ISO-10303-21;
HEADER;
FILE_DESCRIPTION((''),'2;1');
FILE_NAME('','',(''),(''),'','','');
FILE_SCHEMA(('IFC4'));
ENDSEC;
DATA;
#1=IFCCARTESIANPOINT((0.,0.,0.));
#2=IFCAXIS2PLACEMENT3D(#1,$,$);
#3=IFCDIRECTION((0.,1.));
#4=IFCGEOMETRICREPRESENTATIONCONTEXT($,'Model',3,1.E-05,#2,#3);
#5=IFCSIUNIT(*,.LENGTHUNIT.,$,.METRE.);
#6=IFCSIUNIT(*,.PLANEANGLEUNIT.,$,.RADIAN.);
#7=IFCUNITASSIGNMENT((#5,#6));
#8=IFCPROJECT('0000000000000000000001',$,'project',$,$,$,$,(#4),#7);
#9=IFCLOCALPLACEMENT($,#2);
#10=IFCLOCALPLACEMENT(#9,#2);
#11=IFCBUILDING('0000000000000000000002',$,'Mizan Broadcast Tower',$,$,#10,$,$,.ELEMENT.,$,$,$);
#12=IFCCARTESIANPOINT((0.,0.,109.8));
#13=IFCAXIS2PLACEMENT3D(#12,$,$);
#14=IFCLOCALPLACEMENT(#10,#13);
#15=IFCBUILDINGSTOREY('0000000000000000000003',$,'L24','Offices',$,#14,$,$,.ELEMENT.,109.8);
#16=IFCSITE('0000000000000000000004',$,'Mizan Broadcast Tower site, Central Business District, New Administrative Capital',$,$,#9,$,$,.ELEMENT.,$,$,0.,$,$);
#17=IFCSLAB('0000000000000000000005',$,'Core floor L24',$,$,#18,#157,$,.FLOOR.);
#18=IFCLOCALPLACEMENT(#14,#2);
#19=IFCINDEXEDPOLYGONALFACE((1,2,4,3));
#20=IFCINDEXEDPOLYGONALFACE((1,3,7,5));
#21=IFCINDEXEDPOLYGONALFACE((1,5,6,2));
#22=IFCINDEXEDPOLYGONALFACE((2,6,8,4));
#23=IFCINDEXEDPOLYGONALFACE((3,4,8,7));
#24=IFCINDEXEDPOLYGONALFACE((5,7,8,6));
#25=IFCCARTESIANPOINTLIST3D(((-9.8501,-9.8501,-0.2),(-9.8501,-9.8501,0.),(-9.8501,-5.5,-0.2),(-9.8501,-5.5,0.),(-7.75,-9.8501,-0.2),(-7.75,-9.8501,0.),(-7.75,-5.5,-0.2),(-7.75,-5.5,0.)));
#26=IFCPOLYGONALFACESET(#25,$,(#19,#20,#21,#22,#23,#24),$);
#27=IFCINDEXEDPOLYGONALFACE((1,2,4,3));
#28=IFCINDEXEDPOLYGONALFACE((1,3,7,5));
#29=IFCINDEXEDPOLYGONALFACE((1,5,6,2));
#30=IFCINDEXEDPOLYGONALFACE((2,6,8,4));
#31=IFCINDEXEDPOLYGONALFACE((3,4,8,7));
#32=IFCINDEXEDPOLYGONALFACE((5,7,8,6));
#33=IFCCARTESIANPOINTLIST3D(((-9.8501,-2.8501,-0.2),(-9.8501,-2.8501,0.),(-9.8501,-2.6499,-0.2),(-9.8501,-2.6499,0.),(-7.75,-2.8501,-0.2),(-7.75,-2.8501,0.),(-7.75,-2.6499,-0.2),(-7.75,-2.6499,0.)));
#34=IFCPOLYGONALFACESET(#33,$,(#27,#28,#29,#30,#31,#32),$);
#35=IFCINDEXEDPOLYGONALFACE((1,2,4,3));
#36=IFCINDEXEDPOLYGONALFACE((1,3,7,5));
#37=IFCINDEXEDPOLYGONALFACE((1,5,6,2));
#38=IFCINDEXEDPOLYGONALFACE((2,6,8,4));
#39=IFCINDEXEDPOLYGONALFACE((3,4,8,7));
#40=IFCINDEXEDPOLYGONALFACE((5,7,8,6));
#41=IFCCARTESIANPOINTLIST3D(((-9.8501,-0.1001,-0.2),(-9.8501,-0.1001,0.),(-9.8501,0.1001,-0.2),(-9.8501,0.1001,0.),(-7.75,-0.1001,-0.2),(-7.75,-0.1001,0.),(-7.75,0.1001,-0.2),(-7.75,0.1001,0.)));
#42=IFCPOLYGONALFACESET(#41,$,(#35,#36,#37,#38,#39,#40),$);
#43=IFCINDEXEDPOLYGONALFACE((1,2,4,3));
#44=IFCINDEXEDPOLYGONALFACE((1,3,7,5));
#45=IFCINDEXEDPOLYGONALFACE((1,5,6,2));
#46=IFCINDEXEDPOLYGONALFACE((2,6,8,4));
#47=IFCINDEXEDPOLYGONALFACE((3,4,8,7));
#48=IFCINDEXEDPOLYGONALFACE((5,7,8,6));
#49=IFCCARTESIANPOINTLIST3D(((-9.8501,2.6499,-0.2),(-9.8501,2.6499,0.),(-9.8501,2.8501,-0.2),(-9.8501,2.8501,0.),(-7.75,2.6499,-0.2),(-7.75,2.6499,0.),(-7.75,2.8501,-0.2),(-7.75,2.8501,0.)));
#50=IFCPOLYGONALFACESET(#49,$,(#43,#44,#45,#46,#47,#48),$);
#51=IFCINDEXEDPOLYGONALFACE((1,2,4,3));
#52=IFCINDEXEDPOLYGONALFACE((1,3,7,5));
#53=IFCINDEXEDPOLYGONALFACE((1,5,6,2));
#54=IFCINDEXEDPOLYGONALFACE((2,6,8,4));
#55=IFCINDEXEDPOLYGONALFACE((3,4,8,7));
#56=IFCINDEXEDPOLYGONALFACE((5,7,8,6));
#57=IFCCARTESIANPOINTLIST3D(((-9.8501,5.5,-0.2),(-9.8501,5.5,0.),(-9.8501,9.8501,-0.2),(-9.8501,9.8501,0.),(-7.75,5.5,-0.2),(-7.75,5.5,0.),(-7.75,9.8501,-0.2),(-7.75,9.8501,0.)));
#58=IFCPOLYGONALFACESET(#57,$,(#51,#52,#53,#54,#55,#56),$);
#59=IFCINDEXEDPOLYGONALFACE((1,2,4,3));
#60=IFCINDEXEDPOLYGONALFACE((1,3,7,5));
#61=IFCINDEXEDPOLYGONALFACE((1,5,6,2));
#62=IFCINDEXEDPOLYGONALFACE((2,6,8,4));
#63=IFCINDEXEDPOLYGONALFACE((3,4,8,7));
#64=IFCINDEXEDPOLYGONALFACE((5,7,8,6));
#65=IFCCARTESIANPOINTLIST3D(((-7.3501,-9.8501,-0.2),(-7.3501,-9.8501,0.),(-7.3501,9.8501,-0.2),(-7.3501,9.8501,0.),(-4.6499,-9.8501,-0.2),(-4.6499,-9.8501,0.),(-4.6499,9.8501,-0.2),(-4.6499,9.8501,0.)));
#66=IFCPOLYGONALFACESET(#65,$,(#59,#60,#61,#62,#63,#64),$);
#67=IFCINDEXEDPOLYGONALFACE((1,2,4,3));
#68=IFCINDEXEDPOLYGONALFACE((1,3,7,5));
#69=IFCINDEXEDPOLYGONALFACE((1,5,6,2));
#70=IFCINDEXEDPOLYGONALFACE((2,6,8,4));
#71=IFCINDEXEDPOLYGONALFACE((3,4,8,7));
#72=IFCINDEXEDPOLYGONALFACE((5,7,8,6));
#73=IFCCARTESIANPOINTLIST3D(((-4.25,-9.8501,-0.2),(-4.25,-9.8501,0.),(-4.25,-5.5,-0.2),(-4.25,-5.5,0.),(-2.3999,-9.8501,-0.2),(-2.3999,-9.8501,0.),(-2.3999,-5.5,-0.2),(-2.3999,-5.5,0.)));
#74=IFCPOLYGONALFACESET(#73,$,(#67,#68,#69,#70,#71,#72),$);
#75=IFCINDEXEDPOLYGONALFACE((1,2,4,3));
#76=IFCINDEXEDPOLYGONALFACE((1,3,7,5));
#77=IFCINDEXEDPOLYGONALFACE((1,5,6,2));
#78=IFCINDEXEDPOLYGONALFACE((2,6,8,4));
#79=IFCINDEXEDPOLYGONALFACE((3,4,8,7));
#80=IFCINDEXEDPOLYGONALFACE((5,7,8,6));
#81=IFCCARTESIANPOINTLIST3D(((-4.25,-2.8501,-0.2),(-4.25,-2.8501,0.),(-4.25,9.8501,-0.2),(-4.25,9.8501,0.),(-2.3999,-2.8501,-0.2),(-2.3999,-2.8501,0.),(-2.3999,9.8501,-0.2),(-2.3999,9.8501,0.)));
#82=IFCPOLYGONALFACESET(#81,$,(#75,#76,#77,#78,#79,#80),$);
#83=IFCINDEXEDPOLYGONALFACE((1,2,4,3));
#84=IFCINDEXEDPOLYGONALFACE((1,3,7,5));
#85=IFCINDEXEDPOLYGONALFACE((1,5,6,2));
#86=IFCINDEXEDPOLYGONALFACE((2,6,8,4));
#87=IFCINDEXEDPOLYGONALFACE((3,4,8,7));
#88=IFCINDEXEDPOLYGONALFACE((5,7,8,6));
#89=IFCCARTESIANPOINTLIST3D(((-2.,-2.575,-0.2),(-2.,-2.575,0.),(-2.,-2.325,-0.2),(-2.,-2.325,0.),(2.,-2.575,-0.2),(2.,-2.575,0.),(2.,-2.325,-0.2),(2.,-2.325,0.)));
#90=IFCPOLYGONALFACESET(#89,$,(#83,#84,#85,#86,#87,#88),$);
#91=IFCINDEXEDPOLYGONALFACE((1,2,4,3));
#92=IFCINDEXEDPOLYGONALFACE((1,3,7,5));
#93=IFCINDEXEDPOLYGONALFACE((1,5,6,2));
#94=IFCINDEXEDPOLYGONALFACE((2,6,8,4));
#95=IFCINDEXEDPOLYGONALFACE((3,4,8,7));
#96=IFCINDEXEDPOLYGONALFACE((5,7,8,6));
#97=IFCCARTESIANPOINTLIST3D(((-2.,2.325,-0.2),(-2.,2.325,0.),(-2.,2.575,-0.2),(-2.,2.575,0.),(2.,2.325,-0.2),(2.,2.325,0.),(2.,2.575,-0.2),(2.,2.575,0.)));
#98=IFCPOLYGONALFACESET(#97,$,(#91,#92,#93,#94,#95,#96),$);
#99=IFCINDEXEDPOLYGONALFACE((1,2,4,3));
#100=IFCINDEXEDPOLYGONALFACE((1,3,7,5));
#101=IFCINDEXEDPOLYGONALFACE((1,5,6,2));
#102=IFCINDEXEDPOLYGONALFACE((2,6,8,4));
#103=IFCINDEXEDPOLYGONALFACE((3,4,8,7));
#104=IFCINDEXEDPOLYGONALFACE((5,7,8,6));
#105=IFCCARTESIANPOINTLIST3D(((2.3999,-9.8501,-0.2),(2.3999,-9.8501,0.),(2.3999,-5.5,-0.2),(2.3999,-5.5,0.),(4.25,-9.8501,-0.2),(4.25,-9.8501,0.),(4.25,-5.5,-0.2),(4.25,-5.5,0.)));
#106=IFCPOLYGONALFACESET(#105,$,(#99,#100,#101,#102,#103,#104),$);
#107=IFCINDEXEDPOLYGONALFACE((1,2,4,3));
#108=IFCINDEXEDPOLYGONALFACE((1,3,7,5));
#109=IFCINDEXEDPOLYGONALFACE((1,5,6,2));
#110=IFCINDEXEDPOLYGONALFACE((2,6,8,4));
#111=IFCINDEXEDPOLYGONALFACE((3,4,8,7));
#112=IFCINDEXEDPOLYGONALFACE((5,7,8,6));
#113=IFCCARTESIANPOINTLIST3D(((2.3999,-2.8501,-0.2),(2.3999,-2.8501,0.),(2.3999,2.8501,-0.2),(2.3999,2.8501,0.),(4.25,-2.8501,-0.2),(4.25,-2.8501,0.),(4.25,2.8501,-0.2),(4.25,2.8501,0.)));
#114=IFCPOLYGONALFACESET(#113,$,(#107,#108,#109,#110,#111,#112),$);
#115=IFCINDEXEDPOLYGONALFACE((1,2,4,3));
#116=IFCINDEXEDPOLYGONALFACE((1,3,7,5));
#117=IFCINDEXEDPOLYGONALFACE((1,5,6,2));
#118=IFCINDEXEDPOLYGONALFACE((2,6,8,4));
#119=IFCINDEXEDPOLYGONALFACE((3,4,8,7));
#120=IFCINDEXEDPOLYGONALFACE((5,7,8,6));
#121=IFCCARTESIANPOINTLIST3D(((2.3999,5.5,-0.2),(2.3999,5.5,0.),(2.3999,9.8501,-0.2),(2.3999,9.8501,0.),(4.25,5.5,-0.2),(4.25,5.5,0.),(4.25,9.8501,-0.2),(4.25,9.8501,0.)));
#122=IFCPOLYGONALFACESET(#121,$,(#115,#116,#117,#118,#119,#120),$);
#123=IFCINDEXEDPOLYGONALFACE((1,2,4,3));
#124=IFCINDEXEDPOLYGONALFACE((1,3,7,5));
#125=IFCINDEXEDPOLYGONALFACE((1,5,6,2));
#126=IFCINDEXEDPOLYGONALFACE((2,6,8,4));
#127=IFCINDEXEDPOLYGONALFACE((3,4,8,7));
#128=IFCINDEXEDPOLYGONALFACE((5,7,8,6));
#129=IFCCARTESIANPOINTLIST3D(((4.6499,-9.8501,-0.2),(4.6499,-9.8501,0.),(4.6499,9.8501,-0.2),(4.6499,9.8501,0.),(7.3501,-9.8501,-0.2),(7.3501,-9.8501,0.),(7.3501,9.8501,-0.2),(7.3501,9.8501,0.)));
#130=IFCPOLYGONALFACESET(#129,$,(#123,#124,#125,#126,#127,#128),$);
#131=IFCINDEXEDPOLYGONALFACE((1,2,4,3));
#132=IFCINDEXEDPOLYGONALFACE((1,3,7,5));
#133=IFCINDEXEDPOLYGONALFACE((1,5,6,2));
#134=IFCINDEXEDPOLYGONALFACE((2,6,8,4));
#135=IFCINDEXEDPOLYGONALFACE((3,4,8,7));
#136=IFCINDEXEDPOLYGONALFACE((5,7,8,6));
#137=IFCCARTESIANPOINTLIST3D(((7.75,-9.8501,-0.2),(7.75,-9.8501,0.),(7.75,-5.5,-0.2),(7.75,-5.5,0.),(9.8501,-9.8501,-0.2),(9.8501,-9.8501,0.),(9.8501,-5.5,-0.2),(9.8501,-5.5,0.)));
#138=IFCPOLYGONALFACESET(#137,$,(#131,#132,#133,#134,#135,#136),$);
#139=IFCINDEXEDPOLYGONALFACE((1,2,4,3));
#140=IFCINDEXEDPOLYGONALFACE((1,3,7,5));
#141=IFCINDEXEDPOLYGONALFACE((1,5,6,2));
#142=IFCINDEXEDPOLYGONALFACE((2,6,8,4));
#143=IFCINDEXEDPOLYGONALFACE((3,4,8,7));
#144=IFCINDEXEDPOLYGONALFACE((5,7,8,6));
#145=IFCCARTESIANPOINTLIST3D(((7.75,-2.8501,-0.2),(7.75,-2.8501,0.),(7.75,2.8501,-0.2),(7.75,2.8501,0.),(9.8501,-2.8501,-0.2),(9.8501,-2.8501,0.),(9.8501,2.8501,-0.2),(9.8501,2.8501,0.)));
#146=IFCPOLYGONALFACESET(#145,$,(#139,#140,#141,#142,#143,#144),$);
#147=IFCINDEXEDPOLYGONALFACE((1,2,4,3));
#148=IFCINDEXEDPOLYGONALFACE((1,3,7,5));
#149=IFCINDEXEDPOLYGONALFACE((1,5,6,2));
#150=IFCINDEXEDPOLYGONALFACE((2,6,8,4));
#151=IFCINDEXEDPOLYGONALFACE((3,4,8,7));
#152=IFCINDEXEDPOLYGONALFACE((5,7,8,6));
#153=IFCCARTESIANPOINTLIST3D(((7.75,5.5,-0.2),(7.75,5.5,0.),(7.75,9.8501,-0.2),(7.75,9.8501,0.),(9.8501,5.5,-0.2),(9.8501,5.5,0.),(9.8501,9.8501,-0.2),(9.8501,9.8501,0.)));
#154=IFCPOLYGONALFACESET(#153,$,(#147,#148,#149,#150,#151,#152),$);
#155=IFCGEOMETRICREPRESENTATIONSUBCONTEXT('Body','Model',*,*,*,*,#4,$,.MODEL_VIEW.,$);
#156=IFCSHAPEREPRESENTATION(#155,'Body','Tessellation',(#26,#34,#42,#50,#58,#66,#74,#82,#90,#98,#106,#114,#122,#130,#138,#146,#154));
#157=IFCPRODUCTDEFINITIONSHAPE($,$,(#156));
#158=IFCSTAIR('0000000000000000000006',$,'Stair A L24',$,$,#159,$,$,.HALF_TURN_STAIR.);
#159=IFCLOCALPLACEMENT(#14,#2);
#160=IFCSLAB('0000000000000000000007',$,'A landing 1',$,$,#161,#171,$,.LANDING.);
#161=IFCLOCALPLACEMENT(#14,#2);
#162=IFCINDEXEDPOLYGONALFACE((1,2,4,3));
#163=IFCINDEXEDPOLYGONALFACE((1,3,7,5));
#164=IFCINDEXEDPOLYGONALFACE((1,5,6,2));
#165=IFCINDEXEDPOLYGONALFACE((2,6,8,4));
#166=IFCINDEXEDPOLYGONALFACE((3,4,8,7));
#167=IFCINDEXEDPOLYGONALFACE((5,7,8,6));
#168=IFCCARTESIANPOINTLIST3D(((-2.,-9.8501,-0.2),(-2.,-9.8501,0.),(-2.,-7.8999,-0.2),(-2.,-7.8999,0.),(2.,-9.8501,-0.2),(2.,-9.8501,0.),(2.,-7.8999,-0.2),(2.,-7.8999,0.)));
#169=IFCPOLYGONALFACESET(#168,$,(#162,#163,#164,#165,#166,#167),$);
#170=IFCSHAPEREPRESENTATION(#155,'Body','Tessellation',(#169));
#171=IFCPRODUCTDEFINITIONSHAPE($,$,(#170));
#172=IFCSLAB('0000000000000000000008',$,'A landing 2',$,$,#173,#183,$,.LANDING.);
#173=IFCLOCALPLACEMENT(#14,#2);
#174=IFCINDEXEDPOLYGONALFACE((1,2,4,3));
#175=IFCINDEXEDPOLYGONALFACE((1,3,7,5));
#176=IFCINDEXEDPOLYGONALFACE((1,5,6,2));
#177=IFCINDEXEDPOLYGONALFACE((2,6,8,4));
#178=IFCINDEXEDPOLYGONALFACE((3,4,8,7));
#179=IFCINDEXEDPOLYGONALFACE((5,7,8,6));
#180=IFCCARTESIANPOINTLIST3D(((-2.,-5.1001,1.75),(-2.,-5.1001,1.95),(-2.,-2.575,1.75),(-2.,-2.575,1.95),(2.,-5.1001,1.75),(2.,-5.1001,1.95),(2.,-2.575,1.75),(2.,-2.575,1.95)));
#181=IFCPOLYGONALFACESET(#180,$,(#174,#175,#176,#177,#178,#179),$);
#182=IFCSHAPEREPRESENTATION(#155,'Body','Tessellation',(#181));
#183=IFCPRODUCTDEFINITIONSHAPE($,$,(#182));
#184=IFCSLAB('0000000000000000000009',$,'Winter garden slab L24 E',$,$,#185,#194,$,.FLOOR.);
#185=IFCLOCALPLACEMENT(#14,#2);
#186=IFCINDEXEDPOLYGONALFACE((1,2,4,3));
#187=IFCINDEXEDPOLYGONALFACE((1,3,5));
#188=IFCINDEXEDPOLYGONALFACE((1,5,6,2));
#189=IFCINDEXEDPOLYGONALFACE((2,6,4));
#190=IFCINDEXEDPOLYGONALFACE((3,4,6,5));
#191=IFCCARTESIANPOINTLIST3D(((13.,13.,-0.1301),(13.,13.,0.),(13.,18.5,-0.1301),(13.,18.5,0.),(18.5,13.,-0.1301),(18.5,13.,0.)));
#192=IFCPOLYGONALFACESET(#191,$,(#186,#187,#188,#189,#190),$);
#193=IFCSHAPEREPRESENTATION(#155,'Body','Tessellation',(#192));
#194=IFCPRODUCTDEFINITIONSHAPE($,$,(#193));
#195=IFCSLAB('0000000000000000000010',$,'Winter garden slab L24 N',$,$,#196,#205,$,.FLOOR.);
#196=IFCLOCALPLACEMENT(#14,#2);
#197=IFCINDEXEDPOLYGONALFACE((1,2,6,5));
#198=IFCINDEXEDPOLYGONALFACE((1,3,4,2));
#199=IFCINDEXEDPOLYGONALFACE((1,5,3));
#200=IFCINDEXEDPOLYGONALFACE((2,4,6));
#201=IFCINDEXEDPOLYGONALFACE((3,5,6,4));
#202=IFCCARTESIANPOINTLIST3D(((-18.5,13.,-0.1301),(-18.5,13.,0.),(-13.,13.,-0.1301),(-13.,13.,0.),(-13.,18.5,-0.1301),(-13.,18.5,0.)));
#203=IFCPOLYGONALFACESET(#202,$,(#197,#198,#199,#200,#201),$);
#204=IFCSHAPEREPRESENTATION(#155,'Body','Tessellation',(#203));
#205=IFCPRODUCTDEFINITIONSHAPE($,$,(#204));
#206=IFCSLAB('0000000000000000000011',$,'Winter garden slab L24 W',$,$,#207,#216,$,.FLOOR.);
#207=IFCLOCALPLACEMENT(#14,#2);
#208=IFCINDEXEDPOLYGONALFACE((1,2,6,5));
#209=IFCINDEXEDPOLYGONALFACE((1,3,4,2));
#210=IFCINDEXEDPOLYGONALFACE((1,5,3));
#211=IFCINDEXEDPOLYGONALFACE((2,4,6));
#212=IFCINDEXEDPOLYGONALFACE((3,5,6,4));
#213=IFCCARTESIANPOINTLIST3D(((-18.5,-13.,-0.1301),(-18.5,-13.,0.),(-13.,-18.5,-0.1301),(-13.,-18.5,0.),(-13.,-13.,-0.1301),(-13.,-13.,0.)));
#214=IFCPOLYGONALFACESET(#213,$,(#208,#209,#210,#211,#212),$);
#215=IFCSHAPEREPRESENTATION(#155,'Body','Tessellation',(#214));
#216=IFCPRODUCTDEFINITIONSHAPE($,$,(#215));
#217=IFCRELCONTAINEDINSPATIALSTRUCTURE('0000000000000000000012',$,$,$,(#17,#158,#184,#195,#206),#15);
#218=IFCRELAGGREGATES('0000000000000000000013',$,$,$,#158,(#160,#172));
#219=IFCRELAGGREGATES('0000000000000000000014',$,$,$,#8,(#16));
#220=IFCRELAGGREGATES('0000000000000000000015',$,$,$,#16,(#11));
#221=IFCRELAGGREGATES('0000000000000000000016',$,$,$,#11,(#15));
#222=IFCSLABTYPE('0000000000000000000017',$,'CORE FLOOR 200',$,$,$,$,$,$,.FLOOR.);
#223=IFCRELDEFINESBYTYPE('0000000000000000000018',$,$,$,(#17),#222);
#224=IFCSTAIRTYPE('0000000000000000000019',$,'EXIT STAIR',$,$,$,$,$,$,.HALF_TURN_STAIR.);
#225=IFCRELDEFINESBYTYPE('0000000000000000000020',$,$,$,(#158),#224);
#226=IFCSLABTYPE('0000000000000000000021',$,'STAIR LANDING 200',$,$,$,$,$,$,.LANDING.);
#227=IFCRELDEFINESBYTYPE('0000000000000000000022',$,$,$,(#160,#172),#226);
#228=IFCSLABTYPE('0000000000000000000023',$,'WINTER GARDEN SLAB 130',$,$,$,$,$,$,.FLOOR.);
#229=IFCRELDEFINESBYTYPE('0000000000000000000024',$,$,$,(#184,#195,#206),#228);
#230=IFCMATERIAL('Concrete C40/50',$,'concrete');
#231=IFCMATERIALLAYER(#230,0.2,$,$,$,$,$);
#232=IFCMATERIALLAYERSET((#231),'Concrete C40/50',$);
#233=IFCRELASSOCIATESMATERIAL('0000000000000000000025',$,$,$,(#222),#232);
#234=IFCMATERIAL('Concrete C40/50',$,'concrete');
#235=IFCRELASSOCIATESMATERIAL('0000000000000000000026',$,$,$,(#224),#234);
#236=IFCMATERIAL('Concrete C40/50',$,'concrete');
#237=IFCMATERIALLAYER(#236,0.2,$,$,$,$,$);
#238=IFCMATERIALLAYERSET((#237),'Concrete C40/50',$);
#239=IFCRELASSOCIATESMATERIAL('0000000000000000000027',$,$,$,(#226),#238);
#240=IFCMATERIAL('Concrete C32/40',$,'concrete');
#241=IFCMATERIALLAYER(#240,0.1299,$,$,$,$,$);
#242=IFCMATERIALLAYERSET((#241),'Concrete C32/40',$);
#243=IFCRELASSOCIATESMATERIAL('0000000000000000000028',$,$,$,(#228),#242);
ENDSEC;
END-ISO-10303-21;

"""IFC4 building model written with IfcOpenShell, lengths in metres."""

from ifc_helpers import new_model, si_unit, direction, frame, origin, place, context, subcontext, project, spatial, polyline, outline, extrude, material, layer, layer_set, type_object, element, aggregate, save


model = new_model("IFC4")

# Units and contexts
model_context = context("Model", 3, precision=1e-05, world=origin(), true_north=direction((0.0, 1.0)))
body_context = subcontext(model_context, "Body", "Model", "MODEL_VIEW")
ifc_project = project(units=[si_unit("LENGTHUNIT", "METRE"), si_unit("PLANEANGLEUNIT", "RADIAN")], contexts=[model_context])

# Site, building, storey
site_placement = place(None, origin())
site = spatial("IfcSite", under=ifc_project, at=site_placement, Name="Mizan Broadcast Tower site, Central Business District, New Administrative Capital", CompositionType="ELEMENT", RefElevation=0.0)
building_placement = place(site_placement, origin())
building = spatial("IfcBuilding", under=site, at=building_placement, Name="Mizan Broadcast Tower", CompositionType="ELEMENT")
storey_placement = place(building_placement, frame((0.0, 0.0, 109.8)))
storey = spatial("IfcBuildingStorey", under=building, at=storey_placement, Name="L24", Description="Offices", CompositionType="ELEMENT", Elevation=109.8)

# Slab
ifc_material_1 = material(Name="Concrete C40/50", Category="concrete")
ifc_layer_1 = layer(ifc_material_1, 0.2)
ifc_layer_set_1 = layer_set([ifc_layer_1], Name="Concrete C40/50")
slab_type_1 = type_object("IfcSlabType", Name="CORE FLOOR 200", PredefinedType="FLOOR", material=ifc_layer_set_1)
slab_1_placement = place(storey_placement, frame((0.0, 0.0, -0.2)))
element("IfcSlab", 1, at=slab_1_placement, inside=storey, type_object=slab_type_1, Name="Core floor L24", PredefinedType="FLOOR", context=body_context, shape_type="SweptSolid", body=[
    extrude(outline(polyline([(-9.8501, -9.8501), (-7.75, -9.8501), (-7.75, -5.5), (-9.8501, -5.5), (-9.8501, -9.8501)])), origin(), (0.0, 0.0, 1.0), 0.2),
    extrude(outline(polyline([(-9.8501, -2.8501), (-7.75, -2.8501), (-7.75, -2.6499), (-9.8501, -2.6499), (-9.8501, -2.8501)])), origin(), (0.0, 0.0, 1.0), 0.2),
    extrude(outline(polyline([(-9.8501, -0.1001), (-7.75, -0.1001), (-7.75, 0.1001), (-9.8501, 0.1001), (-9.8501, -0.1001)])), origin(), (0.0, 0.0, 1.0), 0.2),
    extrude(outline(polyline([(-9.8501, 2.6499), (-7.75, 2.6499), (-7.75, 2.8501), (-9.8501, 2.8501), (-9.8501, 2.6499)])), origin(), (0.0, 0.0, 1.0), 0.2),
    extrude(outline(polyline([(-9.8501, 5.5), (-7.75, 5.5), (-7.75, 9.8501), (-9.8501, 9.8501), (-9.8501, 5.5)])), origin(), (0.0, 0.0, 1.0), 0.2),
    extrude(outline(polyline([(-4.6499, 9.8501), (-7.3501, 9.8501), (-7.3501, -9.8501), (-4.6499, -9.8501), (-4.6499, 9.8501)])), origin(), (0.0, 0.0, 1.0), 0.2),
    extrude(outline(polyline([(-4.25, -5.5), (-4.25, -9.8501), (-2.3999, -9.8501), (-2.3999, -5.5), (-4.25, -5.5)])), origin(), (0.0, 0.0, 1.0), 0.2),
    extrude(outline(polyline([(-4.25, -2.8501), (-2.3999, -2.8501), (-2.3999, 9.8501), (-4.25, 9.8501), (-4.25, -2.8501)])), origin(), (0.0, 0.0, 1.0), 0.2),
    extrude(outline(polyline([(2.0, -2.325), (-2.0, -2.325), (-2.0, -2.575), (2.0, -2.575), (2.0, -2.325)])), origin(), (0.0, 0.0, 1.0), 0.2),
    extrude(outline(polyline([(2.0, 2.575), (-2.0, 2.575), (-2.0, 2.325), (2.0, 2.325), (2.0, 2.575)])), origin(), (0.0, 0.0, 1.0), 0.2),
    extrude(outline(polyline([(4.25, -9.8501), (4.25, -5.5), (2.3999, -5.5), (2.3999, -9.8501), (4.25, -9.8501)])), origin(), (0.0, 0.0, 1.0), 0.2),
    extrude(outline(polyline([(4.25, -2.8501), (4.25, 2.8501), (2.3999, 2.8501), (2.3999, -2.8501), (4.25, -2.8501)])), origin(), (0.0, 0.0, 1.0), 0.2),
    extrude(outline(polyline([(4.25, 5.5), (4.25, 9.8501), (2.3999, 9.8501), (2.3999, 5.5), (4.25, 5.5)])), origin(), (0.0, 0.0, 1.0), 0.2),
    extrude(outline(polyline([(4.6499, 9.8501), (4.6499, -9.8501), (7.3501, -9.8501), (7.3501, 9.8501), (4.6499, 9.8501)])), origin(), (0.0, 0.0, 1.0), 0.2),
    extrude(outline(polyline([(9.8501, -9.8501), (9.8501, -5.5), (7.75, -5.5), (7.75, -9.8501), (9.8501, -9.8501)])), origin(), (0.0, 0.0, 1.0), 0.2),
    extrude(outline(polyline([(7.75, 2.8501), (7.75, -2.8501), (9.8501, -2.8501), (9.8501, 2.8501), (7.75, 2.8501)])), origin(), (0.0, 0.0, 1.0), 0.2),
    extrude(outline(polyline([(9.8501, 5.5), (9.8501, 9.8501), (7.75, 9.8501), (7.75, 5.5), (9.8501, 5.5)])), origin(), (0.0, 0.0, 1.0), 0.2),
])

# Stair, slabs
ifc_material_2 = material(Name="Concrete C40/50", Category="concrete")
stair_type = type_object("IfcStairType", Name="EXIT STAIR", PredefinedType="HALF_TURN_STAIR", material=ifc_material_2)
stair_placement = place(storey_placement, origin())
stair = element("IfcStair", 2, at=stair_placement, inside=storey, type_object=stair_type, Name="Stair A L24", PredefinedType="HALF_TURN_STAIR")
ifc_material_3 = material(Name="Concrete C40/50", Category="concrete")
ifc_layer_2 = layer(ifc_material_3, 0.2)
ifc_layer_set_2 = layer_set([ifc_layer_2], Name="Concrete C40/50")
slab_type_2 = type_object("IfcSlabType", Name="STAIR LANDING 200", PredefinedType="LANDING", material=ifc_layer_set_2)
slab_2_placement = place(storey_placement, frame((0.0, 0.0, -0.2)))
slab_2 = element("IfcSlab", 3, at=slab_2_placement, type_object=slab_type_2, Name="A landing 1", PredefinedType="LANDING", context=body_context, shape_type="SweptSolid", body=[
    extrude(outline(polyline([(-2.0, -9.8501), (-2.0, -7.8999), (2.0, -7.8999), (2.0, -9.8501), (-2.0, -9.8501)])), origin(), (0.0, 0.0, 1.0), 0.2),
])
slab_3_placement = place(storey_placement, frame((0.0, 0.0, 1.75)))
slab_3 = element("IfcSlab", 4, at=slab_3_placement, type_object=slab_type_2, Name="A landing 2", PredefinedType="LANDING", context=body_context, shape_type="SweptSolid", body=[
    extrude(outline(polyline([(-2.0, -5.1001), (-2.0, -2.575), (2.0, -2.575), (2.0, -5.1001), (-2.0, -5.1001)])), origin(), (0.0, 0.0, 1.0), 0.2),
])

# Slabs
ifc_material_4 = material(Name="Concrete C32/40", Category="concrete")
ifc_layer_3 = layer(ifc_material_4, 0.1299)
ifc_layer_set_3 = layer_set([ifc_layer_3], Name="Concrete C32/40")
slab_type_3 = type_object("IfcSlabType", Name="WINTER GARDEN SLAB 130", PredefinedType="FLOOR", material=ifc_layer_set_3)
slab_4_placement = place(storey_placement, frame((0.0, 0.0, -0.1301)))
element("IfcSlab", 5, at=slab_4_placement, inside=storey, type_object=slab_type_3, Name="Winter garden slab L24 E", PredefinedType="FLOOR", context=body_context, shape_type="SweptSolid", body=[
    extrude(outline(polyline([(13.0, 13.0), (18.5, 13.0), (13.0, 18.5), (13.0, 13.0)])), origin(), (0.0, 0.0, 1.0), 0.1301),
])
slab_5_placement = place(storey_placement, frame((0.0, 0.0, -0.1301)))
element("IfcSlab", 6, at=slab_5_placement, inside=storey, type_object=slab_type_3, Name="Winter garden slab L24 N", PredefinedType="FLOOR", context=body_context, shape_type="SweptSolid", body=[
    extrude(outline(polyline([(-13.0, 13.0), (-13.0, 18.5), (-18.5, 13.0), (-13.0, 13.0)])), origin(), (0.0, 0.0, 1.0), 0.1301),
])
slab_6_placement = place(storey_placement, frame((0.0, 0.0, -0.1301)))
element("IfcSlab", 7, at=slab_6_placement, inside=storey, type_object=slab_type_3, Name="Winter garden slab L24 W", PredefinedType="FLOOR", context=body_context, shape_type="SweptSolid", body=[
    extrude(outline(polyline([(-13.0, -13.0), (-18.5, -13.0), (-13.0, -18.5), (-13.0, -13.0)])), origin(), (0.0, 0.0, 1.0), 0.1301),
])

aggregate(stair, [slab_2, slab_3])

save(model, "model.ifc")
